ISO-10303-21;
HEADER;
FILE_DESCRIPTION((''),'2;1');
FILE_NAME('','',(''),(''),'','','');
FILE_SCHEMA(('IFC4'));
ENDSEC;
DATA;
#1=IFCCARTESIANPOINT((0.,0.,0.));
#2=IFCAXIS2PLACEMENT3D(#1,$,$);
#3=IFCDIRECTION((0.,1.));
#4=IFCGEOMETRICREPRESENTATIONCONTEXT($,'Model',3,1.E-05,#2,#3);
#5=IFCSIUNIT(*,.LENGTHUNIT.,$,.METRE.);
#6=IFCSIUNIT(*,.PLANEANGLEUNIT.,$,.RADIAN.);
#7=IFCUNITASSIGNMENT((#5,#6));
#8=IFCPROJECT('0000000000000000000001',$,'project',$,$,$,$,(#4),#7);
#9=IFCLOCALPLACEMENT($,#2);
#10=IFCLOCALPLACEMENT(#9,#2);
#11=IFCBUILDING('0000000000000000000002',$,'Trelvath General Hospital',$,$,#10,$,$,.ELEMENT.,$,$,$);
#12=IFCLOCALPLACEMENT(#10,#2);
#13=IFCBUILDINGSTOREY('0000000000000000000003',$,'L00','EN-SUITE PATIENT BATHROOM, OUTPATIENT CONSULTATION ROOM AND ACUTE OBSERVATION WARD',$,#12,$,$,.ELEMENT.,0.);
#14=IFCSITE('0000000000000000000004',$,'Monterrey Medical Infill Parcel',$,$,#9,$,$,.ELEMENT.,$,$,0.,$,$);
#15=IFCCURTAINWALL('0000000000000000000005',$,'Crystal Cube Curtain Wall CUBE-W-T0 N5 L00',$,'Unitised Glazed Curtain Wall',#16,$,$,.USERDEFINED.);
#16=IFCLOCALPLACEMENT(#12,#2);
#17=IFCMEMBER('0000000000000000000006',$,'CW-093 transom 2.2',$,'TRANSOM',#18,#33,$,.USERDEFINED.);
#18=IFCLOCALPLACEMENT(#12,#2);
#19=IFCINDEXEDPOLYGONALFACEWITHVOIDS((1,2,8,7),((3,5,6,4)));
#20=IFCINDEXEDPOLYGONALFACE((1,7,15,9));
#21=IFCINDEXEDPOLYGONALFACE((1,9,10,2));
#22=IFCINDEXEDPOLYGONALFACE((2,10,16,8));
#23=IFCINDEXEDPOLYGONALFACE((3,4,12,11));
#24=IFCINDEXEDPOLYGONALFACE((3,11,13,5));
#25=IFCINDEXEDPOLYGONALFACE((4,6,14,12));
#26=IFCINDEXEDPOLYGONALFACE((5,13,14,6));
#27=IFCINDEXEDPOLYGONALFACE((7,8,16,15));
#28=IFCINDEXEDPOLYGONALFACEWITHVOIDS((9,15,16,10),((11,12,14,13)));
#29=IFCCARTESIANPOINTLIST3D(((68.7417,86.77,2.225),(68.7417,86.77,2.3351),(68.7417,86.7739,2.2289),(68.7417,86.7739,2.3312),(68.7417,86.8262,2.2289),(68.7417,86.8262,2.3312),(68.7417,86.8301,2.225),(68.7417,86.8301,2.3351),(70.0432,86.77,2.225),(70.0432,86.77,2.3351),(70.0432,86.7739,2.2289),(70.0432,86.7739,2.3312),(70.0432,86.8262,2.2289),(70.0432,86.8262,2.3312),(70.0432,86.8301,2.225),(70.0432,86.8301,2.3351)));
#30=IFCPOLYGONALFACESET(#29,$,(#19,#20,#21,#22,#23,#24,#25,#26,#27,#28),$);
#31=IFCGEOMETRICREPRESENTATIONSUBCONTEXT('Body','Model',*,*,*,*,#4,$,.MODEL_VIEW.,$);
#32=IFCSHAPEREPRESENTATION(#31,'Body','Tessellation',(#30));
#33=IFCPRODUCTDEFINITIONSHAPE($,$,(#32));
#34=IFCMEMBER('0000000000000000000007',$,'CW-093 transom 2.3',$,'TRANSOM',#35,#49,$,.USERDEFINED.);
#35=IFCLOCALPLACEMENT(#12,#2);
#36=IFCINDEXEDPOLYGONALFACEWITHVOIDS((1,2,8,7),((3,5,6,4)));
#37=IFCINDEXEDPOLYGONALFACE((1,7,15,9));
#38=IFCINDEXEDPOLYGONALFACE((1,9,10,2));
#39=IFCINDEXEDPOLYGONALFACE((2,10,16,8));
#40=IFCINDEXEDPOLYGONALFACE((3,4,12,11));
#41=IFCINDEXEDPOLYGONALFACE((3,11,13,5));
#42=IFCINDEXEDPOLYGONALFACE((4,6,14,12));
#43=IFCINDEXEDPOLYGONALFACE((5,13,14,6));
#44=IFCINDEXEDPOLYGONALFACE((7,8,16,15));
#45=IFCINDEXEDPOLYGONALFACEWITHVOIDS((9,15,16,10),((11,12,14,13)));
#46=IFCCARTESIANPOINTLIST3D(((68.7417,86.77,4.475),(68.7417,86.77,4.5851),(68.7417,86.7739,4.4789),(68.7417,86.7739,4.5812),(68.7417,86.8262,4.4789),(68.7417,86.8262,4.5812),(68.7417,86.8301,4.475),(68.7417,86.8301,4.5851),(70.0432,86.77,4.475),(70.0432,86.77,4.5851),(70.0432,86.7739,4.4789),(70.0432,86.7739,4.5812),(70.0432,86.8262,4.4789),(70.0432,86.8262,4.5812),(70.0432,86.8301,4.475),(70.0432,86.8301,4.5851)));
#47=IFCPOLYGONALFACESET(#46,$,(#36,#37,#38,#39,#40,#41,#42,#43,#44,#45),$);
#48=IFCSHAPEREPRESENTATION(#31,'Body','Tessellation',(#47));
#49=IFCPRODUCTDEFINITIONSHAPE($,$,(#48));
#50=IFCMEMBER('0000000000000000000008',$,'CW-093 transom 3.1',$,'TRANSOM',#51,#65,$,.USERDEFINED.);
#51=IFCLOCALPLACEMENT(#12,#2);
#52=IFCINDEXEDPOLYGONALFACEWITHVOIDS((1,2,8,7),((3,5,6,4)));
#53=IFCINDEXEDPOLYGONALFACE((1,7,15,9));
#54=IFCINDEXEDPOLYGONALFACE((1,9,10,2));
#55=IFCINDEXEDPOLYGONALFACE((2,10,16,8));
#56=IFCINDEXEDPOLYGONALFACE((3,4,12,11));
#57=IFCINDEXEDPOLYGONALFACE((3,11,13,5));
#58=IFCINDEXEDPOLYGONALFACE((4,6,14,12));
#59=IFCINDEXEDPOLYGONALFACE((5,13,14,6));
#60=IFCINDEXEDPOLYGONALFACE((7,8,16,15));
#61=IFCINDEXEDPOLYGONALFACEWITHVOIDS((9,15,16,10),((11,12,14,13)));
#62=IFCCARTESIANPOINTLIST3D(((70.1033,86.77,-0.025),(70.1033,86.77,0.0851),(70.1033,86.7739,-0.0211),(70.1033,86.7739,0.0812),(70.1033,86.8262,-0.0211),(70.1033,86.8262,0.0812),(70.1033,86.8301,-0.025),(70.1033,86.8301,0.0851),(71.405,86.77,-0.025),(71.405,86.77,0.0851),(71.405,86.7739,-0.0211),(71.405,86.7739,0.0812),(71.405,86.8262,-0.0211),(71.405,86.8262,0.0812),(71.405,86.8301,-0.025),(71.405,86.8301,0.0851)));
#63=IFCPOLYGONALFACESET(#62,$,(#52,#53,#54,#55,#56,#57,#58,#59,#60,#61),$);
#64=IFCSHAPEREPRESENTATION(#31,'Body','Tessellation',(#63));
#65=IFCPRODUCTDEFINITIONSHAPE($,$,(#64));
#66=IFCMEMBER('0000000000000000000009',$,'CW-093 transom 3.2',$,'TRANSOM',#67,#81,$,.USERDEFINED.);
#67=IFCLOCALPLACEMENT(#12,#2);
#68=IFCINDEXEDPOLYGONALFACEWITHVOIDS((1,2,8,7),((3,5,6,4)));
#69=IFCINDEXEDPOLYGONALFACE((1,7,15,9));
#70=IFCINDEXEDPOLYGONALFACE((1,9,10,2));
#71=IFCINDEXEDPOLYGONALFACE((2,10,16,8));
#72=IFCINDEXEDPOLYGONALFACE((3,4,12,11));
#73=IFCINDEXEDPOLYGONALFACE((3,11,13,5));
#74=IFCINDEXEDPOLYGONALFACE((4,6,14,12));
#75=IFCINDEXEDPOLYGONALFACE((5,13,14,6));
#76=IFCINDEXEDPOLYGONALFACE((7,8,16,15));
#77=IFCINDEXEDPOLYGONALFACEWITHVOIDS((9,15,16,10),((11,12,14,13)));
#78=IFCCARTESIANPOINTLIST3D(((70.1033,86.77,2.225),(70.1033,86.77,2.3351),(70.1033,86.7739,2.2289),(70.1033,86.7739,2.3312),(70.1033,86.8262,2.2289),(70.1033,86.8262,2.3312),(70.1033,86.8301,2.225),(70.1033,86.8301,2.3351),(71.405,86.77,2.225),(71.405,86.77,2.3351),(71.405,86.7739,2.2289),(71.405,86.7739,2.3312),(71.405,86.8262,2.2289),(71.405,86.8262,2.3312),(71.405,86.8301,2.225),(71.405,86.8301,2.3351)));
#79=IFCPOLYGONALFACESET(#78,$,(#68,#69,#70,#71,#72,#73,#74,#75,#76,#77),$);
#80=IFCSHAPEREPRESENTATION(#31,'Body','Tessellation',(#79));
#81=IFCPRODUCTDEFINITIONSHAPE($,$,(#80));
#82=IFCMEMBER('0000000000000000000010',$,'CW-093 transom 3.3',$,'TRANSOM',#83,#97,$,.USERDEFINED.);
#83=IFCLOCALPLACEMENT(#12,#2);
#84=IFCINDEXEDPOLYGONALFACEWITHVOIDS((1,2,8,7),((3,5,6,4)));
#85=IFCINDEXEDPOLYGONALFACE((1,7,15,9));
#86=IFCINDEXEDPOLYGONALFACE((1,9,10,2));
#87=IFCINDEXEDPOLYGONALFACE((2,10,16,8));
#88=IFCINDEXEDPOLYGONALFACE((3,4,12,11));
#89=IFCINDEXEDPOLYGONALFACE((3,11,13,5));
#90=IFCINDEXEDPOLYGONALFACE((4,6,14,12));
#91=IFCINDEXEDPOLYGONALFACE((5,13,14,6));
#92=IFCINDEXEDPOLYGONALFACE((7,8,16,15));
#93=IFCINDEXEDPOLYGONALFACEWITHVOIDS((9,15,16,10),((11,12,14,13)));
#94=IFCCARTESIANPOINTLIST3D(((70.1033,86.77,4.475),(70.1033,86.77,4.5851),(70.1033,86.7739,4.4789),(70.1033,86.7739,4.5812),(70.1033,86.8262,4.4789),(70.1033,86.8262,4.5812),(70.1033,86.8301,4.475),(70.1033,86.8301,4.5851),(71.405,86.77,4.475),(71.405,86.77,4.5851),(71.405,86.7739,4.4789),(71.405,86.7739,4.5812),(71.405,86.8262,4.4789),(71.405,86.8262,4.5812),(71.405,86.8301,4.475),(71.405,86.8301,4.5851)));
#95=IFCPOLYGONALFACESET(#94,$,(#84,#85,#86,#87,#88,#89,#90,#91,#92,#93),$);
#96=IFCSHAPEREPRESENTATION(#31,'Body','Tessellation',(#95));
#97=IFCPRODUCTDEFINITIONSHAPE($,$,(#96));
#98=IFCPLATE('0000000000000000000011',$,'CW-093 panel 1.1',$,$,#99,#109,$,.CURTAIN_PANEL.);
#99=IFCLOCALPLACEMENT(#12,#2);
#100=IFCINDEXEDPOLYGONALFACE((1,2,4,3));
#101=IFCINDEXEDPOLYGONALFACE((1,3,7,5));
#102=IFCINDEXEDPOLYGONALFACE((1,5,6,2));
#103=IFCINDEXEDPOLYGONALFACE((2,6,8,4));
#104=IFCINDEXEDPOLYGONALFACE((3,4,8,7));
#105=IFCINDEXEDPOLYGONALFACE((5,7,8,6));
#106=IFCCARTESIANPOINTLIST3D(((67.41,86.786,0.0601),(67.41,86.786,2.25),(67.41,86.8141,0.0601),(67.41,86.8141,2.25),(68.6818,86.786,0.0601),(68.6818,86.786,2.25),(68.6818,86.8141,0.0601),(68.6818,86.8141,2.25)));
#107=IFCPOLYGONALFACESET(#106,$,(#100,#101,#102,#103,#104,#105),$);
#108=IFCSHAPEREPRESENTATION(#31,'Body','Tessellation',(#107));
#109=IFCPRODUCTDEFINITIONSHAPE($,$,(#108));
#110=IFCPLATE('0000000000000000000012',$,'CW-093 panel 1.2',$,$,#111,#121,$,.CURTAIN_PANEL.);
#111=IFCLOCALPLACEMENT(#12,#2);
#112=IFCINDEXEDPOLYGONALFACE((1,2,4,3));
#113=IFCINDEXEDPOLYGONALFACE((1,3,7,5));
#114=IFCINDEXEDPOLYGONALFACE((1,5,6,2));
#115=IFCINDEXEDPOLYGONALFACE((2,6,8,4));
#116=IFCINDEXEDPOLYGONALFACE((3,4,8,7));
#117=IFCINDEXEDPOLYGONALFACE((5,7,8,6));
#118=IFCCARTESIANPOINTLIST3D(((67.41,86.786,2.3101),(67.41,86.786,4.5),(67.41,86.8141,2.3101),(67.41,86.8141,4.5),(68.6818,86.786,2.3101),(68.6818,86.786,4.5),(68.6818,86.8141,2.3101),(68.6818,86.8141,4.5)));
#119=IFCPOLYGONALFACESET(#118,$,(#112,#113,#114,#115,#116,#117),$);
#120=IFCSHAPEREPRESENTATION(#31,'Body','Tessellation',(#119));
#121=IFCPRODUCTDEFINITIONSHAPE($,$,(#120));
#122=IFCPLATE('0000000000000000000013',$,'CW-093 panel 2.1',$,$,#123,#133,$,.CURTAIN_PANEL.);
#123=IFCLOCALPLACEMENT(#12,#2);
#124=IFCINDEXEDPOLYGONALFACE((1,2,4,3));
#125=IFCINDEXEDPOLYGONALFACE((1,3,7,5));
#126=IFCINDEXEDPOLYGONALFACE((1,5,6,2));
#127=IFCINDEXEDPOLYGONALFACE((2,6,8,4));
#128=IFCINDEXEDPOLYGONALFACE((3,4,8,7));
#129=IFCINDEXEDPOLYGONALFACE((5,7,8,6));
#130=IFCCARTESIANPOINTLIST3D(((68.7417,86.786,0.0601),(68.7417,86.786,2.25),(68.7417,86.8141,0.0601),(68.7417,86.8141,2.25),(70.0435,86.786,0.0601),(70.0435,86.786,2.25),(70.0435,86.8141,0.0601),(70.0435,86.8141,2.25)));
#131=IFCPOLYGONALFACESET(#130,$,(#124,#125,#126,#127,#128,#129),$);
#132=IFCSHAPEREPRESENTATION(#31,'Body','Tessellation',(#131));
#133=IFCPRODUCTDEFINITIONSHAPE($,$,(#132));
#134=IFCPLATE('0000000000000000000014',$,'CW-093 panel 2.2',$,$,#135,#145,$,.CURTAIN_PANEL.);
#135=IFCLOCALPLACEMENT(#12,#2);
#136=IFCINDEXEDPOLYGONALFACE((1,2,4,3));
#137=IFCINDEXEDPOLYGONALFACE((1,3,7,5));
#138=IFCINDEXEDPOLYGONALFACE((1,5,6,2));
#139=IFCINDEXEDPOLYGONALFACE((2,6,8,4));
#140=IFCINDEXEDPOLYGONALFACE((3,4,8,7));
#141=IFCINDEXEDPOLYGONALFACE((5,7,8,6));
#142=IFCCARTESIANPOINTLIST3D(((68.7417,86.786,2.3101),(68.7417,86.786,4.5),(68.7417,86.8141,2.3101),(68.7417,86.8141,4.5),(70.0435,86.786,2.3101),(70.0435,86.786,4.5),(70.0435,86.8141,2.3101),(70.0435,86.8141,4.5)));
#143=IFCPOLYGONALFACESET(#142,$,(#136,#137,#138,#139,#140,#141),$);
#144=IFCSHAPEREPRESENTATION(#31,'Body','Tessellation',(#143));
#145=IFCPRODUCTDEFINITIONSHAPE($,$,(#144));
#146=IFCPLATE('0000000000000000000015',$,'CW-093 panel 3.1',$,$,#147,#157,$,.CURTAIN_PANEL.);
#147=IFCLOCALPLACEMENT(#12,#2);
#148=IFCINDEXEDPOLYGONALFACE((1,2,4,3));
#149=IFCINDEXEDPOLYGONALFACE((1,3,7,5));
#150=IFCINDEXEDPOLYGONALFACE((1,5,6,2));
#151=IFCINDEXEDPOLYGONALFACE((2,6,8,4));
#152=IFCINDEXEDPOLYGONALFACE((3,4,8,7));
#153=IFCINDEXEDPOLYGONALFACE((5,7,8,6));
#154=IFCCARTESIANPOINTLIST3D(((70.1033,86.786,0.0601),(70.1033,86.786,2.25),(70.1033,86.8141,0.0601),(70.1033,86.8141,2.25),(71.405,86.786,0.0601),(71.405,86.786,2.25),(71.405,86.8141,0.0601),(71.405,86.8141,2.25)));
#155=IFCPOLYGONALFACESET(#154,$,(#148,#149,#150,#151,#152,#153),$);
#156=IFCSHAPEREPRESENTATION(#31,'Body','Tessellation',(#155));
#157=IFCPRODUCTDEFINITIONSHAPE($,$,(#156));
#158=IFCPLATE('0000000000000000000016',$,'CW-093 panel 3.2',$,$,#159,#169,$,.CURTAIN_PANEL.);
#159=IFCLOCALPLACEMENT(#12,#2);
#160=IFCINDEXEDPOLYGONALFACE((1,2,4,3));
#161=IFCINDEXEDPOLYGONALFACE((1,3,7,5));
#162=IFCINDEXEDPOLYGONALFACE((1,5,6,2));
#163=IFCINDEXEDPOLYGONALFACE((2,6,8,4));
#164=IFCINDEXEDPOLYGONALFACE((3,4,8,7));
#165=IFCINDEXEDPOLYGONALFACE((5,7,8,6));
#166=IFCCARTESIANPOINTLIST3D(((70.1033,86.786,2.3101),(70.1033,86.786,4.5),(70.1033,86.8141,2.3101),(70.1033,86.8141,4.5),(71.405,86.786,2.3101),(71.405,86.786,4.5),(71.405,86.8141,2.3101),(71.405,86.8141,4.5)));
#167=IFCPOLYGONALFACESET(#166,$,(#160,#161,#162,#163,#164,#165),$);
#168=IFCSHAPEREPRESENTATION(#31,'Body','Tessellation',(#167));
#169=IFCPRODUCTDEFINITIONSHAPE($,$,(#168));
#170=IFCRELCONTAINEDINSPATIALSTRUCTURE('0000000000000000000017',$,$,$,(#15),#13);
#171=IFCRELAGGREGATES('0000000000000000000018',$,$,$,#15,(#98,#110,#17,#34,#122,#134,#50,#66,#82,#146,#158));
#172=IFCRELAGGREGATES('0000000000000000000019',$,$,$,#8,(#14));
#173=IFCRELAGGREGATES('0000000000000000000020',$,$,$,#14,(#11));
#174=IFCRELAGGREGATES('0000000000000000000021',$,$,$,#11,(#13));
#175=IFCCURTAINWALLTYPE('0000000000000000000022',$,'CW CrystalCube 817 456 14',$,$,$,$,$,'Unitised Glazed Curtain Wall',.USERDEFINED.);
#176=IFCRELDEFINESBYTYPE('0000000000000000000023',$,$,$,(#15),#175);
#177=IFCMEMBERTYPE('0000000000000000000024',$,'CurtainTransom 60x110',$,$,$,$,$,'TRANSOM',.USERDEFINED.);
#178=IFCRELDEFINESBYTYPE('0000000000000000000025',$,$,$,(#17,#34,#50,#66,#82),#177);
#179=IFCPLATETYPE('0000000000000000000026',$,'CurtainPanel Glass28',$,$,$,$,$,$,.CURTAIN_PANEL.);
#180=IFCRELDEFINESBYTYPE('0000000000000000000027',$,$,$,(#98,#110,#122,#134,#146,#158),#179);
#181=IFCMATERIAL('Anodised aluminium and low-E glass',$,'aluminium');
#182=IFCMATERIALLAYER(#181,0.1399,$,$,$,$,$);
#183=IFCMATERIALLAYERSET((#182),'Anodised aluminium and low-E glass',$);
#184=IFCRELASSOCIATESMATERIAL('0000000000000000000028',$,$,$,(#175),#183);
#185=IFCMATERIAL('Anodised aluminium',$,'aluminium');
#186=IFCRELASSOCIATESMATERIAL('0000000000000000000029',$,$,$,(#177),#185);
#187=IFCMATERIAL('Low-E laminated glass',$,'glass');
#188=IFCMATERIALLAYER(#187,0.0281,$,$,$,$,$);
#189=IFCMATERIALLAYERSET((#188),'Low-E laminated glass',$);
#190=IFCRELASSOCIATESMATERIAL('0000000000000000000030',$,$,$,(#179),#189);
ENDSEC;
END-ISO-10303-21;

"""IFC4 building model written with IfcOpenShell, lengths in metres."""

from ifc_helpers import new_model, si_unit, direction, frame, origin, origin_2d, place, context, subcontext, project, spatial, rectangle, hollow_rectangle, extrude, material, layer, layer_set, material_profile, profile_set, type_object, element, aggregate, save


model = new_model("IFC4")

# Units and contexts
model_context = context("Model", 3, precision=1e-05, world=origin(), true_north=direction((0.0, 1.0)))
body_context = subcontext(model_context, "Body", "Model", "MODEL_VIEW")
ifc_project = project(units=[si_unit("LENGTHUNIT", "METRE"), si_unit("PLANEANGLEUNIT", "RADIAN")], contexts=[model_context])

# Site, building, storey
site_placement = place(None, origin())
site = spatial("IfcSite", under=ifc_project, at=site_placement, Name="Monterrey Medical Infill Parcel", CompositionType="ELEMENT", RefElevation=0.0)
building_placement = place(site_placement, origin())
building = spatial("IfcBuilding", under=site, at=building_placement, Name="Trelvath General Hospital", CompositionType="ELEMENT")
storey_placement = place(building_placement, origin())
storey = spatial("IfcBuildingStorey", under=building, at=storey_placement, Name="L00", Description="EN-SUITE PATIENT BATHROOM, OUTPATIENT CONSULTATION ROOM AND ACUTE OBSERVATION WARD", CompositionType="ELEMENT", Elevation=0.0)

# Curtain wall, members, plates
ifc_material_1 = material(Name="Anodised aluminium and low-E glass", Category="aluminium")
ifc_layer_1 = layer(ifc_material_1, 0.1399)
ifc_layer_set_1 = layer_set([ifc_layer_1], Name="Anodised aluminium and low-E glass")
curtain_wall_type = type_object("IfcCurtainWallType", Name="CW CrystalCube 817 456 14", ElementType="Unitised Glazed Curtain Wall", PredefinedType="USERDEFINED", material=ifc_layer_set_1)
curtain_wall_placement = place(storey_placement, origin())
curtain_wall = element("IfcCurtainWall", 1, at=curtain_wall_placement, inside=storey, type_object=curtain_wall_type, Name="Crystal Cube Curtain Wall CUBE-W-T0 N5 L00", ObjectType="Unitised Glazed Curtain Wall", PredefinedType="USERDEFINED")
ifc_material_2 = material(Name="Anodised aluminium", Category="aluminium")
ifc_material_profile_1 = material_profile(ifc_material_2, hollow_rectangle(XDim=0.0601, YDim=0.1101, WallThickness=0.0039, at=origin_2d()), Name="RHS60x110x4")
ifc_profile_set_1 = profile_set([ifc_material_profile_1], Name="Anodised aluminium")
member_type_1 = type_object("IfcMemberType", Name="CurtainTransom 60x110", ElementType="TRANSOM", PredefinedType="USERDEFINED", material=ifc_profile_set_1)
member_1_placement = place(storey_placement, frame((68.7417, 86.8, 2.28), z_axis=(1.0, 0.0, 0.0), x_axis=(0.0, 1.0, 0.0)))
member_1 = element("IfcMember", 2, at=member_1_placement, type_object=member_type_1, Name="CW-093 transom 2.2", ObjectType="TRANSOM", PredefinedType="USERDEFINED", context=body_context, shape_type="SweptSolid", body=[
    extrude(hollow_rectangle(XDim=0.0601, YDim=0.1101, WallThickness=0.0039, at=origin_2d()), origin(), (0.0, 0.0, 1.0), 1.3015),
])
member_2_placement = place(storey_placement, frame((68.7417, 86.8, 4.53), z_axis=(1.0, 0.0, 0.0), x_axis=(0.0, 1.0, 0.0)))
member_2 = element("IfcMember", 3, at=member_2_placement, type_object=member_type_1, Name="CW-093 transom 2.3", ObjectType="TRANSOM", PredefinedType="USERDEFINED", context=body_context, shape_type="SweptSolid", body=[
    extrude(hollow_rectangle(XDim=0.0601, YDim=0.1101, WallThickness=0.0039, at=origin_2d()), origin(), (0.0, 0.0, 1.0), 1.3015),
])
member_3_placement = place(storey_placement, frame((70.1033, 86.8, 0.03), z_axis=(1.0, 0.0, 0.0), x_axis=(0.0, 1.0, 0.0)))
member_3 = element("IfcMember", 4, at=member_3_placement, type_object=member_type_1, Name="CW-093 transom 3.1", ObjectType="TRANSOM", PredefinedType="USERDEFINED", context=body_context, shape_type="SweptSolid", body=[
    extrude(hollow_rectangle(XDim=0.0601, YDim=0.1101, WallThickness=0.0039, at=origin_2d()), origin(), (0.0, 0.0, 1.0), 1.3018),
])
member_4_placement = place(storey_placement, frame((70.1033, 86.8, 2.28), z_axis=(1.0, 0.0, 0.0), x_axis=(0.0, 1.0, 0.0)))
member_4 = element("IfcMember", 5, at=member_4_placement, type_object=member_type_1, Name="CW-093 transom 3.2", ObjectType="TRANSOM", PredefinedType="USERDEFINED", context=body_context, shape_type="SweptSolid", body=[
    extrude(hollow_rectangle(XDim=0.0601, YDim=0.1101, WallThickness=0.0039, at=origin_2d()), origin(), (0.0, 0.0, 1.0), 1.3018),
])
member_5_placement = place(storey_placement, frame((70.1033, 86.8, 4.53), z_axis=(1.0, 0.0, 0.0), x_axis=(0.0, 1.0, 0.0)))
member_5 = element("IfcMember", 6, at=member_5_placement, type_object=member_type_1, Name="CW-093 transom 3.3", ObjectType="TRANSOM", PredefinedType="USERDEFINED", context=body_context, shape_type="SweptSolid", body=[
    extrude(hollow_rectangle(XDim=0.0601, YDim=0.1101, WallThickness=0.0039, at=origin_2d()), origin(), (0.0, 0.0, 1.0), 1.3018),
])
ifc_material_3 = material(Name="Low-E laminated glass", Category="glass")
ifc_layer_2 = layer(ifc_material_3, 0.0281)
ifc_layer_set_2 = layer_set([ifc_layer_2], Name="Low-E laminated glass")
plate_type = type_object("IfcPlateType", Name="CurtainPanel Glass28", PredefinedType="CURTAIN_PANEL", material=ifc_layer_set_2)
plate_1_placement = place(storey_placement, frame((68.0459, 86.8, 0.0601), z_axis=(0.0, 0.0, 1.0), x_axis=(1.0, 0.0, 0.0)))
plate_1 = element("IfcPlate", 7, at=plate_1_placement, type_object=plate_type, Name="CW-093 panel 1.1", PredefinedType="CURTAIN_PANEL", context=body_context, shape_type="SweptSolid", body=[
    extrude(rectangle(XDim=1.2717, YDim=0.0281, at=origin_2d()), origin(), (0.0, 0.0, 1.0), 2.1899),
])
plate_2_placement = place(storey_placement, frame((68.0459, 86.8, 2.3101), z_axis=(0.0, 0.0, 1.0), x_axis=(1.0, 0.0, 0.0)))
plate_2 = element("IfcPlate", 8, at=plate_2_placement, type_object=plate_type, Name="CW-093 panel 1.2", PredefinedType="CURTAIN_PANEL", context=body_context, shape_type="SweptSolid", body=[
    extrude(rectangle(XDim=1.2717, YDim=0.0281, at=origin_2d()), origin(), (0.0, 0.0, 1.0), 2.1899),
])
plate_3_placement = place(storey_placement, frame((69.3926, 86.8, 0.0601), z_axis=(0.0, 0.0, 1.0), x_axis=(1.0, 0.0, 0.0)))
plate_3 = element("IfcPlate", 9, at=plate_3_placement, type_object=plate_type, Name="CW-093 panel 2.1", PredefinedType="CURTAIN_PANEL", context=body_context, shape_type="SweptSolid", body=[
    extrude(rectangle(XDim=1.3018, YDim=0.0281, at=origin_2d()), origin(), (0.0, 0.0, 1.0), 2.1899),
])
plate_4_placement = place(storey_placement, frame((69.3926, 86.8, 2.3101), z_axis=(0.0, 0.0, 1.0), x_axis=(1.0, 0.0, 0.0)))
plate_4 = element("IfcPlate", 10, at=plate_4_placement, type_object=plate_type, Name="CW-093 panel 2.2", PredefinedType="CURTAIN_PANEL", context=body_context, shape_type="SweptSolid", body=[
    extrude(rectangle(XDim=1.3018, YDim=0.0281, at=origin_2d()), origin(), (0.0, 0.0, 1.0), 2.1899),
])
plate_5_placement = place(storey_placement, frame((70.7542, 86.8, 0.0601), z_axis=(0.0, 0.0, 1.0), x_axis=(1.0, 0.0, 0.0)))
plate_5 = element("IfcPlate", 11, at=plate_5_placement, type_object=plate_type, Name="CW-093 panel 3.1", PredefinedType="CURTAIN_PANEL", context=body_context, shape_type="SweptSolid", body=[
    extrude(rectangle(XDim=1.3018, YDim=0.0281, at=origin_2d()), origin(), (0.0, 0.0, 1.0), 2.1899),
])
plate_6_placement = place(storey_placement, frame((70.7542, 86.8, 2.3101), z_axis=(0.0, 0.0, 1.0), x_axis=(1.0, 0.0, 0.0)))
plate_6 = element("IfcPlate", 12, at=plate_6_placement, type_object=plate_type, Name="CW-093 panel 3.2", PredefinedType="CURTAIN_PANEL", context=body_context, shape_type="SweptSolid", body=[
    extrude(rectangle(XDim=1.3018, YDim=0.0281, at=origin_2d()), origin(), (0.0, 0.0, 1.0), 2.1899),
])
aggregate(curtain_wall, [plate_1, plate_2, member_1, member_2, plate_3, plate_4, member_3, member_4, member_5, plate_5, plate_6])

save(model, "model.ifc")
